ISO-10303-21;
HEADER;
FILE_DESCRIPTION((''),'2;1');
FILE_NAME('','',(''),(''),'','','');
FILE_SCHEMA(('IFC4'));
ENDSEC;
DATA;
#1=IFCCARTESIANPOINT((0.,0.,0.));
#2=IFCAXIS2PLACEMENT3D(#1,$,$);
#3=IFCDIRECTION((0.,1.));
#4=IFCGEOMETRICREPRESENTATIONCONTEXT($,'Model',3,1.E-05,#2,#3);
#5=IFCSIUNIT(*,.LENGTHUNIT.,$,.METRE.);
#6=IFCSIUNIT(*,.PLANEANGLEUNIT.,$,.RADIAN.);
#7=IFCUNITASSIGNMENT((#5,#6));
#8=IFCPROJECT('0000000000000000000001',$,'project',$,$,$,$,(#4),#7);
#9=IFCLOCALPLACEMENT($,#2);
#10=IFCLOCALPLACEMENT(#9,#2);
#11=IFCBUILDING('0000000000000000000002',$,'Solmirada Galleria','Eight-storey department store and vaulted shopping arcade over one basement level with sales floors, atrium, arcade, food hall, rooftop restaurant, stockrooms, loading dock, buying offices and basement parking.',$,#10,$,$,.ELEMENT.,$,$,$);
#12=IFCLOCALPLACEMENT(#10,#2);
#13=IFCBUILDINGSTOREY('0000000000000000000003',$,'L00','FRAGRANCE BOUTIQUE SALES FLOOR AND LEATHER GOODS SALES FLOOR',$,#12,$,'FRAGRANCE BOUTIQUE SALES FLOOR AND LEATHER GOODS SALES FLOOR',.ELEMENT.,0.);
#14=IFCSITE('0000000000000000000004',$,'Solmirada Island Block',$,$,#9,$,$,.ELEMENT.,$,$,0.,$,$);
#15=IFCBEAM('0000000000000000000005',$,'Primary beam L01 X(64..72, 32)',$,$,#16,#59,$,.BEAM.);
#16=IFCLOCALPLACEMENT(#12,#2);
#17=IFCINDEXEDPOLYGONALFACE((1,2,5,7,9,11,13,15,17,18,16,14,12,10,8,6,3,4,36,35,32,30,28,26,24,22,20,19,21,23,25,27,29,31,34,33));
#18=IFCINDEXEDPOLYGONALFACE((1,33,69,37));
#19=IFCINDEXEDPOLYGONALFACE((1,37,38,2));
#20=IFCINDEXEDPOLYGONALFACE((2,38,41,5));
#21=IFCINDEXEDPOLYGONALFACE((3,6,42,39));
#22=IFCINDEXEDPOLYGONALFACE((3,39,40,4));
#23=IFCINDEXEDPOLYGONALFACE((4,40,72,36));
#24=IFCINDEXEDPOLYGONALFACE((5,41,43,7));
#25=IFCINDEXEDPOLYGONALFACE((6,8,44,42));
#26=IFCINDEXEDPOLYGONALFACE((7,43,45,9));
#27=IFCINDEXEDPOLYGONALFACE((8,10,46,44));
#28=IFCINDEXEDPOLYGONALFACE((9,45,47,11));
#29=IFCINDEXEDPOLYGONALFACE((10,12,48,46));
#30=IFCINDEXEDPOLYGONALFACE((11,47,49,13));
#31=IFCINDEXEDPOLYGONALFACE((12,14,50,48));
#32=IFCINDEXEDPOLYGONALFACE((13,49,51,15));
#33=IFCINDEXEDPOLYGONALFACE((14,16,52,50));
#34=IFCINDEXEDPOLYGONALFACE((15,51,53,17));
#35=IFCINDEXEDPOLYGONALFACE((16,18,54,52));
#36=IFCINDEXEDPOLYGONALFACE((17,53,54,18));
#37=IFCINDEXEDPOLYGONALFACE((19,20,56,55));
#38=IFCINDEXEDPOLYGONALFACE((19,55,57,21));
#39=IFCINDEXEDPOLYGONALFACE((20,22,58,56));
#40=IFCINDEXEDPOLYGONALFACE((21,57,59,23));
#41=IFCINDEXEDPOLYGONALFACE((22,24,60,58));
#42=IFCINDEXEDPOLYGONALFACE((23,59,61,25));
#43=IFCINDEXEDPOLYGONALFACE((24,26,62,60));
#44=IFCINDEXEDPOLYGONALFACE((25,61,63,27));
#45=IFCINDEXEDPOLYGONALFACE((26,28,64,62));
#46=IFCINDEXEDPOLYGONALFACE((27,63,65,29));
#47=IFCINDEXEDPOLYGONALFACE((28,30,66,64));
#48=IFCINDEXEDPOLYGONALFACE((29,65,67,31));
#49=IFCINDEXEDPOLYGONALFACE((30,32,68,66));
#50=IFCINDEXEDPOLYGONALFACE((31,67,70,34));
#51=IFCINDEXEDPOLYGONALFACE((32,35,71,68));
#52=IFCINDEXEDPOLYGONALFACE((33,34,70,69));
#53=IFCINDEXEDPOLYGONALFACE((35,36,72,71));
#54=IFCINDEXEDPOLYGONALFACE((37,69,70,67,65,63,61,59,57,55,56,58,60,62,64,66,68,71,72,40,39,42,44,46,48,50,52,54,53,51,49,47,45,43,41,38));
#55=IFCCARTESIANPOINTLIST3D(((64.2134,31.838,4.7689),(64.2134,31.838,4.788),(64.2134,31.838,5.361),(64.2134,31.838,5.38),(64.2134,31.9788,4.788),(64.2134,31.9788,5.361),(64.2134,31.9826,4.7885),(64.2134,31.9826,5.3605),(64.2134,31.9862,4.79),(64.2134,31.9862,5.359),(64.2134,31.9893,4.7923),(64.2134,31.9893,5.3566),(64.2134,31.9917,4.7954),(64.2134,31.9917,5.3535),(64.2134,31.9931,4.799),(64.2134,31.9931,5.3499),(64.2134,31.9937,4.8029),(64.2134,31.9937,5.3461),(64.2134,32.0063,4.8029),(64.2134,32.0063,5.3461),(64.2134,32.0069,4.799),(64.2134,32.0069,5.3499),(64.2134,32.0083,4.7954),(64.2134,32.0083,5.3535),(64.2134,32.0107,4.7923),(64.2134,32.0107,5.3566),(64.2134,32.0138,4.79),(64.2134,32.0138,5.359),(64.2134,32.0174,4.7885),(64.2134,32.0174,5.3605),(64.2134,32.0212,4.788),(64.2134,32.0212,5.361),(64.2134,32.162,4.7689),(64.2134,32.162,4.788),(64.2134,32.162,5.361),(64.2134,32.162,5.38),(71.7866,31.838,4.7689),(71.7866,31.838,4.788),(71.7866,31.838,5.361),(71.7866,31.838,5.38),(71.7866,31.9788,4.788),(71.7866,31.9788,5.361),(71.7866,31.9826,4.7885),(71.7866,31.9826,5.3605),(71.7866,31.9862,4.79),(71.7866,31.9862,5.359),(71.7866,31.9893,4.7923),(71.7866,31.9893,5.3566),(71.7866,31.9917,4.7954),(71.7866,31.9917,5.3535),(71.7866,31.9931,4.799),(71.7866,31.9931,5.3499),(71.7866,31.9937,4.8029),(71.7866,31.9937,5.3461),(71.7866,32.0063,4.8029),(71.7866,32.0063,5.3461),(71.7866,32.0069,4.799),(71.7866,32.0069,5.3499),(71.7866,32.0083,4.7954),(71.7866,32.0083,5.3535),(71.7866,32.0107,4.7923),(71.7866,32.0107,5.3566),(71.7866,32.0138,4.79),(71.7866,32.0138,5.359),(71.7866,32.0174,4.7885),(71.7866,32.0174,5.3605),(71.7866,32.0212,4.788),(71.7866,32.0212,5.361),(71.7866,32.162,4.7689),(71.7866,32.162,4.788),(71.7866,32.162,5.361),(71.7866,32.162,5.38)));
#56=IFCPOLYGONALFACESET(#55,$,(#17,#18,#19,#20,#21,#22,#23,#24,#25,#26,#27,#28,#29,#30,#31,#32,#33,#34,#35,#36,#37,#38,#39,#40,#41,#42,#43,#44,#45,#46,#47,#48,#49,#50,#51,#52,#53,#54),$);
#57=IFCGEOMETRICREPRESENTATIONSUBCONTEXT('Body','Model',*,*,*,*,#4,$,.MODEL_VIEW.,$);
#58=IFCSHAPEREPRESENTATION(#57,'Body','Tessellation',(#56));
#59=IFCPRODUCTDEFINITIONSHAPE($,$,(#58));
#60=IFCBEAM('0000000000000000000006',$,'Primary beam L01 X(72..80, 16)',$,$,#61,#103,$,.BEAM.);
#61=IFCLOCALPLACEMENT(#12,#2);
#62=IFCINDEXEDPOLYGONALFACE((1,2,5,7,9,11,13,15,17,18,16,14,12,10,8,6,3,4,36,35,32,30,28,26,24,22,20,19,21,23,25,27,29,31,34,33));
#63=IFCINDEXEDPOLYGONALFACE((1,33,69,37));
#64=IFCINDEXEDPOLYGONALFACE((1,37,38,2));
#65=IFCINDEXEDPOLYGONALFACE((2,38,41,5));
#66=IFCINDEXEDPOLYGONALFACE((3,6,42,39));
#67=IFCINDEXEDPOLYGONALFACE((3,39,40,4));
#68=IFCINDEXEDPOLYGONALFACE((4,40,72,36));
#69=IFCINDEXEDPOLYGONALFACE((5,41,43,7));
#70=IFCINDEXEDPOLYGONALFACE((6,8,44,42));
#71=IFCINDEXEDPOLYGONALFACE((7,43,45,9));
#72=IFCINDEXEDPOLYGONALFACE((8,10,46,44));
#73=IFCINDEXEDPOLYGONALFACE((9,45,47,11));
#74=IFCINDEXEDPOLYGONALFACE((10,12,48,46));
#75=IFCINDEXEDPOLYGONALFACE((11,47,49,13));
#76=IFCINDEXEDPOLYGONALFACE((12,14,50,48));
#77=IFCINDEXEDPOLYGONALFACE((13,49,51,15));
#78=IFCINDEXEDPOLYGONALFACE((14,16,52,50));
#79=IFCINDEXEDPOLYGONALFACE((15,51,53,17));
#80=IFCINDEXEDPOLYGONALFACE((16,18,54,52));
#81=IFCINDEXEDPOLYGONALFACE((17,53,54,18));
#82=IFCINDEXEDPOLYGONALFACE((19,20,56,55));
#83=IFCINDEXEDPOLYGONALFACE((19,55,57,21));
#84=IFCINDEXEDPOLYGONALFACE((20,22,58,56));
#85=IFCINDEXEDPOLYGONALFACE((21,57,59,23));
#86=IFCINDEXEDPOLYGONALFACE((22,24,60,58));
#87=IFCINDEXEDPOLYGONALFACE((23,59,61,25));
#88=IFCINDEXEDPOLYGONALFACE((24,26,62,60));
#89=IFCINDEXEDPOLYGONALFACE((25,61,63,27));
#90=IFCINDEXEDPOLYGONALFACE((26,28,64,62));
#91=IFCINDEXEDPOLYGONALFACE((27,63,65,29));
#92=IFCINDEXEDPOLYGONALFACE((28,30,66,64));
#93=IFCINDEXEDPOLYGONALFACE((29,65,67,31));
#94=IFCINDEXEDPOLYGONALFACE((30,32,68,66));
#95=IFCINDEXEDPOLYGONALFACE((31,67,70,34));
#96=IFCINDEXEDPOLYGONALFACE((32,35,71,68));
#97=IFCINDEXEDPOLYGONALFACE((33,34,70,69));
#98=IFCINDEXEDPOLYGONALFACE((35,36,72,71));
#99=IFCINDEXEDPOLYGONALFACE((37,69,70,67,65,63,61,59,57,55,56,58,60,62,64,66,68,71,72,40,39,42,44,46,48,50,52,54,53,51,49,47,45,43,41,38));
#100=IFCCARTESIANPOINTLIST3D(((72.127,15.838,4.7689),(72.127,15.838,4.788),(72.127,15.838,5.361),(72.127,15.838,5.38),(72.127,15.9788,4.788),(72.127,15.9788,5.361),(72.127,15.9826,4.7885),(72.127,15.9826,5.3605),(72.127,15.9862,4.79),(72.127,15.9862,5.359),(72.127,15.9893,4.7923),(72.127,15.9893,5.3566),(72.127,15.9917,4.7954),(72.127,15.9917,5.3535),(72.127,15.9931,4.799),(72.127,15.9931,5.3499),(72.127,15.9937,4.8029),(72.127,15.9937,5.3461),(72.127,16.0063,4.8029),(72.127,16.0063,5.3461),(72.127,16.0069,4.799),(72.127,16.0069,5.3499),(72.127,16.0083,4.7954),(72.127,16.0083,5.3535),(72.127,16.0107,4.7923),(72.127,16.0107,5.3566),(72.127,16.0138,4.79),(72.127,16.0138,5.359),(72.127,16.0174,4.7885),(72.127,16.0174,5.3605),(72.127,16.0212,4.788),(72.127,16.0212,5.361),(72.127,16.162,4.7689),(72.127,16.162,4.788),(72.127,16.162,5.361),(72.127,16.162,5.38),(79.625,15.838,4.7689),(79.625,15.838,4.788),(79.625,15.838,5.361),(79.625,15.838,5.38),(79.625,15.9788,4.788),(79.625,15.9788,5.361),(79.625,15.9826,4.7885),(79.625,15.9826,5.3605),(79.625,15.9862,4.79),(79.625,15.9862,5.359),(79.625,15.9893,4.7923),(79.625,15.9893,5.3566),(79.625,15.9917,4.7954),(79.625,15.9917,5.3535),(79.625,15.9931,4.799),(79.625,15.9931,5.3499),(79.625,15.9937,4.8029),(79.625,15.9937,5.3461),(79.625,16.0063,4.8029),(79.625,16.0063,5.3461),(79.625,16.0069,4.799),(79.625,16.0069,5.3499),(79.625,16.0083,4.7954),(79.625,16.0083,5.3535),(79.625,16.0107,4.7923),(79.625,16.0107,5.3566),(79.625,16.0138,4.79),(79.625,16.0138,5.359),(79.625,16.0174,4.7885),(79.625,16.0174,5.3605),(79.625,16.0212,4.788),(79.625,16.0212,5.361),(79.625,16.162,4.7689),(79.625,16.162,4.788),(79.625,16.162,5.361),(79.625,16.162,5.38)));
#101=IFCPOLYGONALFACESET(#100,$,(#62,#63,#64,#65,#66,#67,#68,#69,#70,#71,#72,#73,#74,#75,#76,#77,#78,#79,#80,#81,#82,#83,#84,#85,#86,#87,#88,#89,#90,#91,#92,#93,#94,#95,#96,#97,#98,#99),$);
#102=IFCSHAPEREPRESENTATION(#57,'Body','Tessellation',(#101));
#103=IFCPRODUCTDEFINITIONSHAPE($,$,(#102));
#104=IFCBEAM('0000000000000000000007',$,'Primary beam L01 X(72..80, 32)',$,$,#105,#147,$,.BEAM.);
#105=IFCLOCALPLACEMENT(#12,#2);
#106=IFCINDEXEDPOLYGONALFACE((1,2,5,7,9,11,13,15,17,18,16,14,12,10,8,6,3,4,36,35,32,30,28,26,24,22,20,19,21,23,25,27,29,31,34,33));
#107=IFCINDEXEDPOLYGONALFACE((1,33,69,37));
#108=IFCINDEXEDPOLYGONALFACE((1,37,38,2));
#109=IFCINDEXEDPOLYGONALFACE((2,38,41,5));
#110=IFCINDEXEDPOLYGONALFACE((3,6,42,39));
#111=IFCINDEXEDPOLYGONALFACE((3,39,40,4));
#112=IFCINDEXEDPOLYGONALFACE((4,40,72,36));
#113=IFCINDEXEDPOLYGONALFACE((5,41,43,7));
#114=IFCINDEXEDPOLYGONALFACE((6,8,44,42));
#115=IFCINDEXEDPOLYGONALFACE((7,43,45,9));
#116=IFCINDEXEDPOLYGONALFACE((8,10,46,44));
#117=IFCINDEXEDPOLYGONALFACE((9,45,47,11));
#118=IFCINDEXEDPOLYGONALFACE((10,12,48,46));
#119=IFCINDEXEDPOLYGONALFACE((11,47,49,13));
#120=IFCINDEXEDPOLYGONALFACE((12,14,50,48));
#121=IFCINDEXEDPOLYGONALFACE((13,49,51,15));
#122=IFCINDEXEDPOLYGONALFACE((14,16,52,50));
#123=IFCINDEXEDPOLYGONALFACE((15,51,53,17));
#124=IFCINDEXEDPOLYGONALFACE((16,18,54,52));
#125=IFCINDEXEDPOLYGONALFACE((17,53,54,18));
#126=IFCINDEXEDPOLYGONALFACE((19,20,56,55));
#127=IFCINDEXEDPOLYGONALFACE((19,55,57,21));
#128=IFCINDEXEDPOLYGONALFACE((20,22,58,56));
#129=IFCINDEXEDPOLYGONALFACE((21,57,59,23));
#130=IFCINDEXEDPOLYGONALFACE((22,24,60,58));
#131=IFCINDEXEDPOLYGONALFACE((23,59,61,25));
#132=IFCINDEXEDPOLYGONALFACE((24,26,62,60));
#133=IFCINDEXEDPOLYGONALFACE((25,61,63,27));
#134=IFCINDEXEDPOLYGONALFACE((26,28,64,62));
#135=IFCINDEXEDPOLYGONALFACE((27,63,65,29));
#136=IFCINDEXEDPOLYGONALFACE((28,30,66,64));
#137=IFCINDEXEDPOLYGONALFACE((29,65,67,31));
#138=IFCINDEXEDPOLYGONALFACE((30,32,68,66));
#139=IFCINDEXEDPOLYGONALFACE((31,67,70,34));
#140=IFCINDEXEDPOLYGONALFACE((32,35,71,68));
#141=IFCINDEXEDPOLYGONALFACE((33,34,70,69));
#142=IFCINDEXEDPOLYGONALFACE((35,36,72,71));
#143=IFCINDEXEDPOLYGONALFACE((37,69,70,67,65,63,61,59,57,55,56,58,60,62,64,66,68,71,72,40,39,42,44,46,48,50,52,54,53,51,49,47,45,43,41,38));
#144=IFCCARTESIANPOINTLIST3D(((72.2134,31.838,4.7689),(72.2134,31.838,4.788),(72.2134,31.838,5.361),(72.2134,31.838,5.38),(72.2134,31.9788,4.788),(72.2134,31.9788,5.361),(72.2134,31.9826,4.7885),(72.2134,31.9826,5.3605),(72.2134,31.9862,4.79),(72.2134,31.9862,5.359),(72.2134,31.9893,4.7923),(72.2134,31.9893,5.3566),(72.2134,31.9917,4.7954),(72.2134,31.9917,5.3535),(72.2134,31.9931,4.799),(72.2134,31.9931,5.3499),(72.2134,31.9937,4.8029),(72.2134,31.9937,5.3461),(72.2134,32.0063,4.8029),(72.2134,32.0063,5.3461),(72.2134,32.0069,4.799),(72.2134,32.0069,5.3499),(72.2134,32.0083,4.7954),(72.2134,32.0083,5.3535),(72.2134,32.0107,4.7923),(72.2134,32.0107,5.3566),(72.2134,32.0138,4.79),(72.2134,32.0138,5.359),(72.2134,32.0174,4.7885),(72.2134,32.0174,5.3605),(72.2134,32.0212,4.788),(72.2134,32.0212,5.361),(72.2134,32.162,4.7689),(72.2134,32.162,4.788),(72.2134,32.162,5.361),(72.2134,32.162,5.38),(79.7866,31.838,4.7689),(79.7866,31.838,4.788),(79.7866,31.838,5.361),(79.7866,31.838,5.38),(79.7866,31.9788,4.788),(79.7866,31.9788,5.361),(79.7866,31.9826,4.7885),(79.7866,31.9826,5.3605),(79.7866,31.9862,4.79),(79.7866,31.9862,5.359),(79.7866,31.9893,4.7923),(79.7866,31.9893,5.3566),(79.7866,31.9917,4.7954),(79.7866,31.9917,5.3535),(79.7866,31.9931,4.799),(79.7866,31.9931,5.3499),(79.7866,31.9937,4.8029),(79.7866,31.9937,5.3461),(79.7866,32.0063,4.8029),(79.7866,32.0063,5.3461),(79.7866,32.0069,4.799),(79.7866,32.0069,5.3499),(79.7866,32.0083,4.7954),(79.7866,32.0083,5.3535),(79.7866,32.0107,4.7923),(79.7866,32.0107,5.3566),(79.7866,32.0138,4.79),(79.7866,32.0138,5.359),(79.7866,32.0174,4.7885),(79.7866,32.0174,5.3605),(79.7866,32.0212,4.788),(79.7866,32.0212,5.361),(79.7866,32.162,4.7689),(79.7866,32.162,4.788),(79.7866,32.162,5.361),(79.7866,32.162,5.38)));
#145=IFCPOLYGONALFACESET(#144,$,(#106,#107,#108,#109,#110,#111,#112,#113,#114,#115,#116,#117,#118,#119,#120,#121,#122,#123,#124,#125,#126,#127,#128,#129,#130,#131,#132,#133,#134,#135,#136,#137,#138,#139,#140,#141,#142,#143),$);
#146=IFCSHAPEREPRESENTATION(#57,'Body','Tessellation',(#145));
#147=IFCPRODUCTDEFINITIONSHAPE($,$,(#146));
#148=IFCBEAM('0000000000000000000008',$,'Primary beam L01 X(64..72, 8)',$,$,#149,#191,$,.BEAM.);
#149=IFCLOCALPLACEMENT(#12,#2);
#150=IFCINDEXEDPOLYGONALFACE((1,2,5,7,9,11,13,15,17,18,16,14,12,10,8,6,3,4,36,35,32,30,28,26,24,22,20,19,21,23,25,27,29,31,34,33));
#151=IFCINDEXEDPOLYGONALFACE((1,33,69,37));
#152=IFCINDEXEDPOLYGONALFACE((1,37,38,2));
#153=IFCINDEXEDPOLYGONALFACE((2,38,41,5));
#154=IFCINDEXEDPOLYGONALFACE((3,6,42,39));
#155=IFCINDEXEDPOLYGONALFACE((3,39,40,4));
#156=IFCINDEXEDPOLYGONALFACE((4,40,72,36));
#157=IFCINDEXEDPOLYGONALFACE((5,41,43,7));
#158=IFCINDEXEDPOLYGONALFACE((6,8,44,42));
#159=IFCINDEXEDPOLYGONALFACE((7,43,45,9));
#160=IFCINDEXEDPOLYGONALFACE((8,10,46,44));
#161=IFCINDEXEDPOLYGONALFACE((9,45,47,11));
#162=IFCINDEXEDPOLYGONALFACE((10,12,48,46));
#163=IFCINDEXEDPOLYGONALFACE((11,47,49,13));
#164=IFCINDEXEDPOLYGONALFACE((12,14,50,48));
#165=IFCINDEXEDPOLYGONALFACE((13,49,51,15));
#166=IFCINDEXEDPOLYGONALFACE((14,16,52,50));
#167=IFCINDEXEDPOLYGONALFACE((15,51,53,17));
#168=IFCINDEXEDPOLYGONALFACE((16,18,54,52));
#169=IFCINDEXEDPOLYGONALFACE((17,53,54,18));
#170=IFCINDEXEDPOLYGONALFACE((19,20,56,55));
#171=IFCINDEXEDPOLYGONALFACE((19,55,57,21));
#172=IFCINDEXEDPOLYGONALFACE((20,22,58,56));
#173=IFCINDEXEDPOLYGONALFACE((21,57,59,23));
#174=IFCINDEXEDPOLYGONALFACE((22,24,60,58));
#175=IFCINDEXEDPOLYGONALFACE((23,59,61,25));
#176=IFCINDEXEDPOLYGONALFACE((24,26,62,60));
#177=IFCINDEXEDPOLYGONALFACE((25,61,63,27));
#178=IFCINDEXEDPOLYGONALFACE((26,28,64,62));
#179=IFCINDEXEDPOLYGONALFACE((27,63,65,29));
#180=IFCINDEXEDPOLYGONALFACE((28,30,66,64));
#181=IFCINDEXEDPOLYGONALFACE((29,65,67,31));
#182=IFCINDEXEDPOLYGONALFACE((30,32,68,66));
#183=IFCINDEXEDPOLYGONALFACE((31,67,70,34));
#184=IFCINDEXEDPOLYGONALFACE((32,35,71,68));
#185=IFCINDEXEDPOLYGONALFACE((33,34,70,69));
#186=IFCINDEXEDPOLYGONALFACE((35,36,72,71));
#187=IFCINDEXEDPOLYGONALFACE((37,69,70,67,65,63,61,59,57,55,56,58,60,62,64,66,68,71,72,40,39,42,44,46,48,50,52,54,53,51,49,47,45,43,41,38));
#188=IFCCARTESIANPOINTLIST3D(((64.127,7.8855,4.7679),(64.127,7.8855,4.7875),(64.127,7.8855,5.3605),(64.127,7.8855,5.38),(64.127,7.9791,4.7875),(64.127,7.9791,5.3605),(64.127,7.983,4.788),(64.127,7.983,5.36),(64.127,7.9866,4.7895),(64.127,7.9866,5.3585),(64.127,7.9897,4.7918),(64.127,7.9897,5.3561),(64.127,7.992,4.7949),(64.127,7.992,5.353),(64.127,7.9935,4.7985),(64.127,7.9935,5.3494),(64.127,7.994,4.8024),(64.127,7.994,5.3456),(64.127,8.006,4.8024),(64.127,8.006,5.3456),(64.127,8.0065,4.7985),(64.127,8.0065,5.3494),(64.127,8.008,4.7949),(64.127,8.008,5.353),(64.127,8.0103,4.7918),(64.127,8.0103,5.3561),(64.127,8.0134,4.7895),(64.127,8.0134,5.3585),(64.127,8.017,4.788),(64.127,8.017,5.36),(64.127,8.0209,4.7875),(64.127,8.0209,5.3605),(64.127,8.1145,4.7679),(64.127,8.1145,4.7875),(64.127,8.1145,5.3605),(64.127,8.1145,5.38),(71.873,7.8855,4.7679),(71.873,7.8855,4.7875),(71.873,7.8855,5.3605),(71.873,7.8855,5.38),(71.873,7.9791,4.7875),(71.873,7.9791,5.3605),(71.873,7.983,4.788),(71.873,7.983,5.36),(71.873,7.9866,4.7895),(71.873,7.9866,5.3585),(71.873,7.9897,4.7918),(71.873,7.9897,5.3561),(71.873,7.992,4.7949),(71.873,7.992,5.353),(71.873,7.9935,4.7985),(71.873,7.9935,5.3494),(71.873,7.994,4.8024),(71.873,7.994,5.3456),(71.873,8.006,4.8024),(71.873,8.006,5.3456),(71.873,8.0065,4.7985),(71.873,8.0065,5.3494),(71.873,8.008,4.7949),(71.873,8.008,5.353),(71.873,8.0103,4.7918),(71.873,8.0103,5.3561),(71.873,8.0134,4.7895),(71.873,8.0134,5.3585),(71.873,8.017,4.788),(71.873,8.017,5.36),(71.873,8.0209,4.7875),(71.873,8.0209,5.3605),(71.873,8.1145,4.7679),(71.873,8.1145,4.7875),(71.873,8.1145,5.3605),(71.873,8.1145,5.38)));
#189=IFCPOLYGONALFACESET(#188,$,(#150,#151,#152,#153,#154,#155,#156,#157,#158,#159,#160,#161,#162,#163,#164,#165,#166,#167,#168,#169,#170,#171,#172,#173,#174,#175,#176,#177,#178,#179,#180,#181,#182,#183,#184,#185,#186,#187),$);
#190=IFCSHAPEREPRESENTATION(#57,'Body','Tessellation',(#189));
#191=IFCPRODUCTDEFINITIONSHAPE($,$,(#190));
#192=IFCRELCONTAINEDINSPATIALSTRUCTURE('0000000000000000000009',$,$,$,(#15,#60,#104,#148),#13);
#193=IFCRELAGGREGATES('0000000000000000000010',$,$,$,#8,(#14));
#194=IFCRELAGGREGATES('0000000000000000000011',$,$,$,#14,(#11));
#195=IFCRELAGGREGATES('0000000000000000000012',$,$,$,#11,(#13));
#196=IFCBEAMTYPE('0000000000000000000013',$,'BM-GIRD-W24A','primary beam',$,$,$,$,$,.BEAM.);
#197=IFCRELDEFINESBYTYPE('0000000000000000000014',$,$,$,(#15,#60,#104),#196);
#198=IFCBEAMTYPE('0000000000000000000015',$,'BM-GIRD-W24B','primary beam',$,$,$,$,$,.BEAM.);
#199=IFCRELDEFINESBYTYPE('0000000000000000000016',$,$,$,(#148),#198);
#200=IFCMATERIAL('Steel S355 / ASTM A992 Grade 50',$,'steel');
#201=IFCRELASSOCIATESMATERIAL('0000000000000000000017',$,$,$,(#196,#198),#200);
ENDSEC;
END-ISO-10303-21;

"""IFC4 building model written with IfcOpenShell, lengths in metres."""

from ifc_helpers import new_model, si_unit, direction, frame, origin, origin_2d, place, context, subcontext, project, spatial, i_section, extrude, material, material_profile, profile_set, type_object, element, save


model = new_model("IFC4")

# Units and contexts
model_context = context("Model", 3, precision=1e-05, world=origin(), true_north=direction((0.0, 1.0)))
body_context = subcontext(model_context, "Body", "Model", "MODEL_VIEW")
ifc_project = project(units=[si_unit("LENGTHUNIT", "METRE"), si_unit("PLANEANGLEUNIT", "RADIAN")], contexts=[model_context])

# Site, building, storey
site_placement = place(None, origin())
site = spatial("IfcSite", under=ifc_project, at=site_placement, Name="Solmirada Island Block", CompositionType="ELEMENT", RefElevation=0.0)
building_placement = place(site_placement, origin())
building = spatial("IfcBuilding", under=site, at=building_placement, Name="Solmirada Galleria", Description="Eight-storey department store and vaulted shopping arcade over one basement level with sales floors, atrium, arcade, food hall, rooftop restaurant, stockrooms, loading dock, buying offices and basement parking.", CompositionType="ELEMENT")
storey_placement = place(building_placement, origin())
storey = spatial("IfcBuildingStorey", under=building, at=storey_placement, Name="L00", Description="FRAGRANCE BOUTIQUE SALES FLOOR AND LEATHER GOODS SALES FLOOR", LongName="FRAGRANCE BOUTIQUE SALES FLOOR AND LEATHER GOODS SALES FLOOR", CompositionType="ELEMENT", Elevation=0.0)

# Beams
ifc_material_1 = material(Name="Steel S355 / ASTM A992 Grade 50", Category="steel")
ifc_material_profile_1 = material_profile(ifc_material_1, i_section(OverallWidth=0.324, OverallDepth=0.6111, WebThickness=0.0127, FlangeThickness=0.019, FilletRadius=0.0149, at=origin_2d()), Name="W24X104")
ifc_profile_set_1 = profile_set([ifc_material_profile_1], Name="Steel S355 / ASTM A992 Grade 50")
beam_type_1 = type_object("IfcBeamType", Name="BM-GIRD-W24A", Description="primary beam", PredefinedType="BEAM", material=ifc_profile_set_1)
beam_1_placement = place(storey_placement, frame((64.2134, 32.0, 5.0745), z_axis=(1.0, 0.0, 0.0), x_axis=(0.0, 1.0, 0.0)))
element("IfcBeam", 1, at=beam_1_placement, inside=storey, type_object=beam_type_1, Name="Primary beam L01 X(64..72, 32)", PredefinedType="BEAM", context=body_context, shape_type="SweptSolid", body=[
    extrude(i_section(OverallWidth=0.324, OverallDepth=0.6111, WebThickness=0.0127, FlangeThickness=0.019, FilletRadius=0.0149, at=origin_2d()), origin(), (0.0, 0.0, 1.0), 7.5732),
])
beam_2_placement = place(storey_placement, frame((72.127, 16.0, 5.0745), z_axis=(1.0, 0.0, 0.0), x_axis=(0.0, 1.0, 0.0)))
element("IfcBeam", 2, at=beam_2_placement, inside=storey, type_object=beam_type_1, Name="Primary beam L01 X(72..80, 16)", PredefinedType="BEAM", context=body_context, shape_type="SweptSolid", body=[
    extrude(i_section(OverallWidth=0.324, OverallDepth=0.6111, WebThickness=0.0127, FlangeThickness=0.019, FilletRadius=0.0149, at=origin_2d()), origin(), (0.0, 0.0, 1.0), 7.498),
])
beam_3_placement = place(storey_placement, frame((72.2134, 32.0, 5.0745), z_axis=(1.0, 0.0, 0.0), x_axis=(0.0, 1.0, 0.0)))
element("IfcBeam", 3, at=beam_3_placement, inside=storey, type_object=beam_type_1, Name="Primary beam L01 X(72..80, 32)", PredefinedType="BEAM", context=body_context, shape_type="SweptSolid", body=[
    extrude(i_section(OverallWidth=0.324, OverallDepth=0.6111, WebThickness=0.0127, FlangeThickness=0.019, FilletRadius=0.0149, at=origin_2d()), origin(), (0.0, 0.0, 1.0), 7.5732),
])
ifc_material_profile_2 = material_profile(ifc_material_1, i_section(OverallWidth=0.229, OverallDepth=0.6121, WebThickness=0.012, FlangeThickness=0.0195, FilletRadius=0.0149, at=origin_2d()), Name="W24X84")
ifc_profile_set_2 = profile_set([ifc_material_profile_2], Name="Steel S355 / ASTM A992 Grade 50")
beam_type_2 = type_object("IfcBeamType", Name="BM-GIRD-W24B", Description="primary beam", PredefinedType="BEAM", material=ifc_profile_set_2)
beam_4_placement = place(storey_placement, frame((64.127, 8.0, 5.074), z_axis=(1.0, 0.0, 0.0), x_axis=(0.0, 1.0, 0.0)))
element("IfcBeam", 4, at=beam_4_placement, inside=storey, type_object=beam_type_2, Name="Primary beam L01 X(64..72, 8)", PredefinedType="BEAM", context=body_context, shape_type="SweptSolid", body=[
    extrude(i_section(OverallWidth=0.229, OverallDepth=0.6121, WebThickness=0.012, FlangeThickness=0.0195, FilletRadius=0.0149, at=origin_2d()), origin(), (0.0, 0.0, 1.0), 7.7461),
])

save(model, "model.ifc")
